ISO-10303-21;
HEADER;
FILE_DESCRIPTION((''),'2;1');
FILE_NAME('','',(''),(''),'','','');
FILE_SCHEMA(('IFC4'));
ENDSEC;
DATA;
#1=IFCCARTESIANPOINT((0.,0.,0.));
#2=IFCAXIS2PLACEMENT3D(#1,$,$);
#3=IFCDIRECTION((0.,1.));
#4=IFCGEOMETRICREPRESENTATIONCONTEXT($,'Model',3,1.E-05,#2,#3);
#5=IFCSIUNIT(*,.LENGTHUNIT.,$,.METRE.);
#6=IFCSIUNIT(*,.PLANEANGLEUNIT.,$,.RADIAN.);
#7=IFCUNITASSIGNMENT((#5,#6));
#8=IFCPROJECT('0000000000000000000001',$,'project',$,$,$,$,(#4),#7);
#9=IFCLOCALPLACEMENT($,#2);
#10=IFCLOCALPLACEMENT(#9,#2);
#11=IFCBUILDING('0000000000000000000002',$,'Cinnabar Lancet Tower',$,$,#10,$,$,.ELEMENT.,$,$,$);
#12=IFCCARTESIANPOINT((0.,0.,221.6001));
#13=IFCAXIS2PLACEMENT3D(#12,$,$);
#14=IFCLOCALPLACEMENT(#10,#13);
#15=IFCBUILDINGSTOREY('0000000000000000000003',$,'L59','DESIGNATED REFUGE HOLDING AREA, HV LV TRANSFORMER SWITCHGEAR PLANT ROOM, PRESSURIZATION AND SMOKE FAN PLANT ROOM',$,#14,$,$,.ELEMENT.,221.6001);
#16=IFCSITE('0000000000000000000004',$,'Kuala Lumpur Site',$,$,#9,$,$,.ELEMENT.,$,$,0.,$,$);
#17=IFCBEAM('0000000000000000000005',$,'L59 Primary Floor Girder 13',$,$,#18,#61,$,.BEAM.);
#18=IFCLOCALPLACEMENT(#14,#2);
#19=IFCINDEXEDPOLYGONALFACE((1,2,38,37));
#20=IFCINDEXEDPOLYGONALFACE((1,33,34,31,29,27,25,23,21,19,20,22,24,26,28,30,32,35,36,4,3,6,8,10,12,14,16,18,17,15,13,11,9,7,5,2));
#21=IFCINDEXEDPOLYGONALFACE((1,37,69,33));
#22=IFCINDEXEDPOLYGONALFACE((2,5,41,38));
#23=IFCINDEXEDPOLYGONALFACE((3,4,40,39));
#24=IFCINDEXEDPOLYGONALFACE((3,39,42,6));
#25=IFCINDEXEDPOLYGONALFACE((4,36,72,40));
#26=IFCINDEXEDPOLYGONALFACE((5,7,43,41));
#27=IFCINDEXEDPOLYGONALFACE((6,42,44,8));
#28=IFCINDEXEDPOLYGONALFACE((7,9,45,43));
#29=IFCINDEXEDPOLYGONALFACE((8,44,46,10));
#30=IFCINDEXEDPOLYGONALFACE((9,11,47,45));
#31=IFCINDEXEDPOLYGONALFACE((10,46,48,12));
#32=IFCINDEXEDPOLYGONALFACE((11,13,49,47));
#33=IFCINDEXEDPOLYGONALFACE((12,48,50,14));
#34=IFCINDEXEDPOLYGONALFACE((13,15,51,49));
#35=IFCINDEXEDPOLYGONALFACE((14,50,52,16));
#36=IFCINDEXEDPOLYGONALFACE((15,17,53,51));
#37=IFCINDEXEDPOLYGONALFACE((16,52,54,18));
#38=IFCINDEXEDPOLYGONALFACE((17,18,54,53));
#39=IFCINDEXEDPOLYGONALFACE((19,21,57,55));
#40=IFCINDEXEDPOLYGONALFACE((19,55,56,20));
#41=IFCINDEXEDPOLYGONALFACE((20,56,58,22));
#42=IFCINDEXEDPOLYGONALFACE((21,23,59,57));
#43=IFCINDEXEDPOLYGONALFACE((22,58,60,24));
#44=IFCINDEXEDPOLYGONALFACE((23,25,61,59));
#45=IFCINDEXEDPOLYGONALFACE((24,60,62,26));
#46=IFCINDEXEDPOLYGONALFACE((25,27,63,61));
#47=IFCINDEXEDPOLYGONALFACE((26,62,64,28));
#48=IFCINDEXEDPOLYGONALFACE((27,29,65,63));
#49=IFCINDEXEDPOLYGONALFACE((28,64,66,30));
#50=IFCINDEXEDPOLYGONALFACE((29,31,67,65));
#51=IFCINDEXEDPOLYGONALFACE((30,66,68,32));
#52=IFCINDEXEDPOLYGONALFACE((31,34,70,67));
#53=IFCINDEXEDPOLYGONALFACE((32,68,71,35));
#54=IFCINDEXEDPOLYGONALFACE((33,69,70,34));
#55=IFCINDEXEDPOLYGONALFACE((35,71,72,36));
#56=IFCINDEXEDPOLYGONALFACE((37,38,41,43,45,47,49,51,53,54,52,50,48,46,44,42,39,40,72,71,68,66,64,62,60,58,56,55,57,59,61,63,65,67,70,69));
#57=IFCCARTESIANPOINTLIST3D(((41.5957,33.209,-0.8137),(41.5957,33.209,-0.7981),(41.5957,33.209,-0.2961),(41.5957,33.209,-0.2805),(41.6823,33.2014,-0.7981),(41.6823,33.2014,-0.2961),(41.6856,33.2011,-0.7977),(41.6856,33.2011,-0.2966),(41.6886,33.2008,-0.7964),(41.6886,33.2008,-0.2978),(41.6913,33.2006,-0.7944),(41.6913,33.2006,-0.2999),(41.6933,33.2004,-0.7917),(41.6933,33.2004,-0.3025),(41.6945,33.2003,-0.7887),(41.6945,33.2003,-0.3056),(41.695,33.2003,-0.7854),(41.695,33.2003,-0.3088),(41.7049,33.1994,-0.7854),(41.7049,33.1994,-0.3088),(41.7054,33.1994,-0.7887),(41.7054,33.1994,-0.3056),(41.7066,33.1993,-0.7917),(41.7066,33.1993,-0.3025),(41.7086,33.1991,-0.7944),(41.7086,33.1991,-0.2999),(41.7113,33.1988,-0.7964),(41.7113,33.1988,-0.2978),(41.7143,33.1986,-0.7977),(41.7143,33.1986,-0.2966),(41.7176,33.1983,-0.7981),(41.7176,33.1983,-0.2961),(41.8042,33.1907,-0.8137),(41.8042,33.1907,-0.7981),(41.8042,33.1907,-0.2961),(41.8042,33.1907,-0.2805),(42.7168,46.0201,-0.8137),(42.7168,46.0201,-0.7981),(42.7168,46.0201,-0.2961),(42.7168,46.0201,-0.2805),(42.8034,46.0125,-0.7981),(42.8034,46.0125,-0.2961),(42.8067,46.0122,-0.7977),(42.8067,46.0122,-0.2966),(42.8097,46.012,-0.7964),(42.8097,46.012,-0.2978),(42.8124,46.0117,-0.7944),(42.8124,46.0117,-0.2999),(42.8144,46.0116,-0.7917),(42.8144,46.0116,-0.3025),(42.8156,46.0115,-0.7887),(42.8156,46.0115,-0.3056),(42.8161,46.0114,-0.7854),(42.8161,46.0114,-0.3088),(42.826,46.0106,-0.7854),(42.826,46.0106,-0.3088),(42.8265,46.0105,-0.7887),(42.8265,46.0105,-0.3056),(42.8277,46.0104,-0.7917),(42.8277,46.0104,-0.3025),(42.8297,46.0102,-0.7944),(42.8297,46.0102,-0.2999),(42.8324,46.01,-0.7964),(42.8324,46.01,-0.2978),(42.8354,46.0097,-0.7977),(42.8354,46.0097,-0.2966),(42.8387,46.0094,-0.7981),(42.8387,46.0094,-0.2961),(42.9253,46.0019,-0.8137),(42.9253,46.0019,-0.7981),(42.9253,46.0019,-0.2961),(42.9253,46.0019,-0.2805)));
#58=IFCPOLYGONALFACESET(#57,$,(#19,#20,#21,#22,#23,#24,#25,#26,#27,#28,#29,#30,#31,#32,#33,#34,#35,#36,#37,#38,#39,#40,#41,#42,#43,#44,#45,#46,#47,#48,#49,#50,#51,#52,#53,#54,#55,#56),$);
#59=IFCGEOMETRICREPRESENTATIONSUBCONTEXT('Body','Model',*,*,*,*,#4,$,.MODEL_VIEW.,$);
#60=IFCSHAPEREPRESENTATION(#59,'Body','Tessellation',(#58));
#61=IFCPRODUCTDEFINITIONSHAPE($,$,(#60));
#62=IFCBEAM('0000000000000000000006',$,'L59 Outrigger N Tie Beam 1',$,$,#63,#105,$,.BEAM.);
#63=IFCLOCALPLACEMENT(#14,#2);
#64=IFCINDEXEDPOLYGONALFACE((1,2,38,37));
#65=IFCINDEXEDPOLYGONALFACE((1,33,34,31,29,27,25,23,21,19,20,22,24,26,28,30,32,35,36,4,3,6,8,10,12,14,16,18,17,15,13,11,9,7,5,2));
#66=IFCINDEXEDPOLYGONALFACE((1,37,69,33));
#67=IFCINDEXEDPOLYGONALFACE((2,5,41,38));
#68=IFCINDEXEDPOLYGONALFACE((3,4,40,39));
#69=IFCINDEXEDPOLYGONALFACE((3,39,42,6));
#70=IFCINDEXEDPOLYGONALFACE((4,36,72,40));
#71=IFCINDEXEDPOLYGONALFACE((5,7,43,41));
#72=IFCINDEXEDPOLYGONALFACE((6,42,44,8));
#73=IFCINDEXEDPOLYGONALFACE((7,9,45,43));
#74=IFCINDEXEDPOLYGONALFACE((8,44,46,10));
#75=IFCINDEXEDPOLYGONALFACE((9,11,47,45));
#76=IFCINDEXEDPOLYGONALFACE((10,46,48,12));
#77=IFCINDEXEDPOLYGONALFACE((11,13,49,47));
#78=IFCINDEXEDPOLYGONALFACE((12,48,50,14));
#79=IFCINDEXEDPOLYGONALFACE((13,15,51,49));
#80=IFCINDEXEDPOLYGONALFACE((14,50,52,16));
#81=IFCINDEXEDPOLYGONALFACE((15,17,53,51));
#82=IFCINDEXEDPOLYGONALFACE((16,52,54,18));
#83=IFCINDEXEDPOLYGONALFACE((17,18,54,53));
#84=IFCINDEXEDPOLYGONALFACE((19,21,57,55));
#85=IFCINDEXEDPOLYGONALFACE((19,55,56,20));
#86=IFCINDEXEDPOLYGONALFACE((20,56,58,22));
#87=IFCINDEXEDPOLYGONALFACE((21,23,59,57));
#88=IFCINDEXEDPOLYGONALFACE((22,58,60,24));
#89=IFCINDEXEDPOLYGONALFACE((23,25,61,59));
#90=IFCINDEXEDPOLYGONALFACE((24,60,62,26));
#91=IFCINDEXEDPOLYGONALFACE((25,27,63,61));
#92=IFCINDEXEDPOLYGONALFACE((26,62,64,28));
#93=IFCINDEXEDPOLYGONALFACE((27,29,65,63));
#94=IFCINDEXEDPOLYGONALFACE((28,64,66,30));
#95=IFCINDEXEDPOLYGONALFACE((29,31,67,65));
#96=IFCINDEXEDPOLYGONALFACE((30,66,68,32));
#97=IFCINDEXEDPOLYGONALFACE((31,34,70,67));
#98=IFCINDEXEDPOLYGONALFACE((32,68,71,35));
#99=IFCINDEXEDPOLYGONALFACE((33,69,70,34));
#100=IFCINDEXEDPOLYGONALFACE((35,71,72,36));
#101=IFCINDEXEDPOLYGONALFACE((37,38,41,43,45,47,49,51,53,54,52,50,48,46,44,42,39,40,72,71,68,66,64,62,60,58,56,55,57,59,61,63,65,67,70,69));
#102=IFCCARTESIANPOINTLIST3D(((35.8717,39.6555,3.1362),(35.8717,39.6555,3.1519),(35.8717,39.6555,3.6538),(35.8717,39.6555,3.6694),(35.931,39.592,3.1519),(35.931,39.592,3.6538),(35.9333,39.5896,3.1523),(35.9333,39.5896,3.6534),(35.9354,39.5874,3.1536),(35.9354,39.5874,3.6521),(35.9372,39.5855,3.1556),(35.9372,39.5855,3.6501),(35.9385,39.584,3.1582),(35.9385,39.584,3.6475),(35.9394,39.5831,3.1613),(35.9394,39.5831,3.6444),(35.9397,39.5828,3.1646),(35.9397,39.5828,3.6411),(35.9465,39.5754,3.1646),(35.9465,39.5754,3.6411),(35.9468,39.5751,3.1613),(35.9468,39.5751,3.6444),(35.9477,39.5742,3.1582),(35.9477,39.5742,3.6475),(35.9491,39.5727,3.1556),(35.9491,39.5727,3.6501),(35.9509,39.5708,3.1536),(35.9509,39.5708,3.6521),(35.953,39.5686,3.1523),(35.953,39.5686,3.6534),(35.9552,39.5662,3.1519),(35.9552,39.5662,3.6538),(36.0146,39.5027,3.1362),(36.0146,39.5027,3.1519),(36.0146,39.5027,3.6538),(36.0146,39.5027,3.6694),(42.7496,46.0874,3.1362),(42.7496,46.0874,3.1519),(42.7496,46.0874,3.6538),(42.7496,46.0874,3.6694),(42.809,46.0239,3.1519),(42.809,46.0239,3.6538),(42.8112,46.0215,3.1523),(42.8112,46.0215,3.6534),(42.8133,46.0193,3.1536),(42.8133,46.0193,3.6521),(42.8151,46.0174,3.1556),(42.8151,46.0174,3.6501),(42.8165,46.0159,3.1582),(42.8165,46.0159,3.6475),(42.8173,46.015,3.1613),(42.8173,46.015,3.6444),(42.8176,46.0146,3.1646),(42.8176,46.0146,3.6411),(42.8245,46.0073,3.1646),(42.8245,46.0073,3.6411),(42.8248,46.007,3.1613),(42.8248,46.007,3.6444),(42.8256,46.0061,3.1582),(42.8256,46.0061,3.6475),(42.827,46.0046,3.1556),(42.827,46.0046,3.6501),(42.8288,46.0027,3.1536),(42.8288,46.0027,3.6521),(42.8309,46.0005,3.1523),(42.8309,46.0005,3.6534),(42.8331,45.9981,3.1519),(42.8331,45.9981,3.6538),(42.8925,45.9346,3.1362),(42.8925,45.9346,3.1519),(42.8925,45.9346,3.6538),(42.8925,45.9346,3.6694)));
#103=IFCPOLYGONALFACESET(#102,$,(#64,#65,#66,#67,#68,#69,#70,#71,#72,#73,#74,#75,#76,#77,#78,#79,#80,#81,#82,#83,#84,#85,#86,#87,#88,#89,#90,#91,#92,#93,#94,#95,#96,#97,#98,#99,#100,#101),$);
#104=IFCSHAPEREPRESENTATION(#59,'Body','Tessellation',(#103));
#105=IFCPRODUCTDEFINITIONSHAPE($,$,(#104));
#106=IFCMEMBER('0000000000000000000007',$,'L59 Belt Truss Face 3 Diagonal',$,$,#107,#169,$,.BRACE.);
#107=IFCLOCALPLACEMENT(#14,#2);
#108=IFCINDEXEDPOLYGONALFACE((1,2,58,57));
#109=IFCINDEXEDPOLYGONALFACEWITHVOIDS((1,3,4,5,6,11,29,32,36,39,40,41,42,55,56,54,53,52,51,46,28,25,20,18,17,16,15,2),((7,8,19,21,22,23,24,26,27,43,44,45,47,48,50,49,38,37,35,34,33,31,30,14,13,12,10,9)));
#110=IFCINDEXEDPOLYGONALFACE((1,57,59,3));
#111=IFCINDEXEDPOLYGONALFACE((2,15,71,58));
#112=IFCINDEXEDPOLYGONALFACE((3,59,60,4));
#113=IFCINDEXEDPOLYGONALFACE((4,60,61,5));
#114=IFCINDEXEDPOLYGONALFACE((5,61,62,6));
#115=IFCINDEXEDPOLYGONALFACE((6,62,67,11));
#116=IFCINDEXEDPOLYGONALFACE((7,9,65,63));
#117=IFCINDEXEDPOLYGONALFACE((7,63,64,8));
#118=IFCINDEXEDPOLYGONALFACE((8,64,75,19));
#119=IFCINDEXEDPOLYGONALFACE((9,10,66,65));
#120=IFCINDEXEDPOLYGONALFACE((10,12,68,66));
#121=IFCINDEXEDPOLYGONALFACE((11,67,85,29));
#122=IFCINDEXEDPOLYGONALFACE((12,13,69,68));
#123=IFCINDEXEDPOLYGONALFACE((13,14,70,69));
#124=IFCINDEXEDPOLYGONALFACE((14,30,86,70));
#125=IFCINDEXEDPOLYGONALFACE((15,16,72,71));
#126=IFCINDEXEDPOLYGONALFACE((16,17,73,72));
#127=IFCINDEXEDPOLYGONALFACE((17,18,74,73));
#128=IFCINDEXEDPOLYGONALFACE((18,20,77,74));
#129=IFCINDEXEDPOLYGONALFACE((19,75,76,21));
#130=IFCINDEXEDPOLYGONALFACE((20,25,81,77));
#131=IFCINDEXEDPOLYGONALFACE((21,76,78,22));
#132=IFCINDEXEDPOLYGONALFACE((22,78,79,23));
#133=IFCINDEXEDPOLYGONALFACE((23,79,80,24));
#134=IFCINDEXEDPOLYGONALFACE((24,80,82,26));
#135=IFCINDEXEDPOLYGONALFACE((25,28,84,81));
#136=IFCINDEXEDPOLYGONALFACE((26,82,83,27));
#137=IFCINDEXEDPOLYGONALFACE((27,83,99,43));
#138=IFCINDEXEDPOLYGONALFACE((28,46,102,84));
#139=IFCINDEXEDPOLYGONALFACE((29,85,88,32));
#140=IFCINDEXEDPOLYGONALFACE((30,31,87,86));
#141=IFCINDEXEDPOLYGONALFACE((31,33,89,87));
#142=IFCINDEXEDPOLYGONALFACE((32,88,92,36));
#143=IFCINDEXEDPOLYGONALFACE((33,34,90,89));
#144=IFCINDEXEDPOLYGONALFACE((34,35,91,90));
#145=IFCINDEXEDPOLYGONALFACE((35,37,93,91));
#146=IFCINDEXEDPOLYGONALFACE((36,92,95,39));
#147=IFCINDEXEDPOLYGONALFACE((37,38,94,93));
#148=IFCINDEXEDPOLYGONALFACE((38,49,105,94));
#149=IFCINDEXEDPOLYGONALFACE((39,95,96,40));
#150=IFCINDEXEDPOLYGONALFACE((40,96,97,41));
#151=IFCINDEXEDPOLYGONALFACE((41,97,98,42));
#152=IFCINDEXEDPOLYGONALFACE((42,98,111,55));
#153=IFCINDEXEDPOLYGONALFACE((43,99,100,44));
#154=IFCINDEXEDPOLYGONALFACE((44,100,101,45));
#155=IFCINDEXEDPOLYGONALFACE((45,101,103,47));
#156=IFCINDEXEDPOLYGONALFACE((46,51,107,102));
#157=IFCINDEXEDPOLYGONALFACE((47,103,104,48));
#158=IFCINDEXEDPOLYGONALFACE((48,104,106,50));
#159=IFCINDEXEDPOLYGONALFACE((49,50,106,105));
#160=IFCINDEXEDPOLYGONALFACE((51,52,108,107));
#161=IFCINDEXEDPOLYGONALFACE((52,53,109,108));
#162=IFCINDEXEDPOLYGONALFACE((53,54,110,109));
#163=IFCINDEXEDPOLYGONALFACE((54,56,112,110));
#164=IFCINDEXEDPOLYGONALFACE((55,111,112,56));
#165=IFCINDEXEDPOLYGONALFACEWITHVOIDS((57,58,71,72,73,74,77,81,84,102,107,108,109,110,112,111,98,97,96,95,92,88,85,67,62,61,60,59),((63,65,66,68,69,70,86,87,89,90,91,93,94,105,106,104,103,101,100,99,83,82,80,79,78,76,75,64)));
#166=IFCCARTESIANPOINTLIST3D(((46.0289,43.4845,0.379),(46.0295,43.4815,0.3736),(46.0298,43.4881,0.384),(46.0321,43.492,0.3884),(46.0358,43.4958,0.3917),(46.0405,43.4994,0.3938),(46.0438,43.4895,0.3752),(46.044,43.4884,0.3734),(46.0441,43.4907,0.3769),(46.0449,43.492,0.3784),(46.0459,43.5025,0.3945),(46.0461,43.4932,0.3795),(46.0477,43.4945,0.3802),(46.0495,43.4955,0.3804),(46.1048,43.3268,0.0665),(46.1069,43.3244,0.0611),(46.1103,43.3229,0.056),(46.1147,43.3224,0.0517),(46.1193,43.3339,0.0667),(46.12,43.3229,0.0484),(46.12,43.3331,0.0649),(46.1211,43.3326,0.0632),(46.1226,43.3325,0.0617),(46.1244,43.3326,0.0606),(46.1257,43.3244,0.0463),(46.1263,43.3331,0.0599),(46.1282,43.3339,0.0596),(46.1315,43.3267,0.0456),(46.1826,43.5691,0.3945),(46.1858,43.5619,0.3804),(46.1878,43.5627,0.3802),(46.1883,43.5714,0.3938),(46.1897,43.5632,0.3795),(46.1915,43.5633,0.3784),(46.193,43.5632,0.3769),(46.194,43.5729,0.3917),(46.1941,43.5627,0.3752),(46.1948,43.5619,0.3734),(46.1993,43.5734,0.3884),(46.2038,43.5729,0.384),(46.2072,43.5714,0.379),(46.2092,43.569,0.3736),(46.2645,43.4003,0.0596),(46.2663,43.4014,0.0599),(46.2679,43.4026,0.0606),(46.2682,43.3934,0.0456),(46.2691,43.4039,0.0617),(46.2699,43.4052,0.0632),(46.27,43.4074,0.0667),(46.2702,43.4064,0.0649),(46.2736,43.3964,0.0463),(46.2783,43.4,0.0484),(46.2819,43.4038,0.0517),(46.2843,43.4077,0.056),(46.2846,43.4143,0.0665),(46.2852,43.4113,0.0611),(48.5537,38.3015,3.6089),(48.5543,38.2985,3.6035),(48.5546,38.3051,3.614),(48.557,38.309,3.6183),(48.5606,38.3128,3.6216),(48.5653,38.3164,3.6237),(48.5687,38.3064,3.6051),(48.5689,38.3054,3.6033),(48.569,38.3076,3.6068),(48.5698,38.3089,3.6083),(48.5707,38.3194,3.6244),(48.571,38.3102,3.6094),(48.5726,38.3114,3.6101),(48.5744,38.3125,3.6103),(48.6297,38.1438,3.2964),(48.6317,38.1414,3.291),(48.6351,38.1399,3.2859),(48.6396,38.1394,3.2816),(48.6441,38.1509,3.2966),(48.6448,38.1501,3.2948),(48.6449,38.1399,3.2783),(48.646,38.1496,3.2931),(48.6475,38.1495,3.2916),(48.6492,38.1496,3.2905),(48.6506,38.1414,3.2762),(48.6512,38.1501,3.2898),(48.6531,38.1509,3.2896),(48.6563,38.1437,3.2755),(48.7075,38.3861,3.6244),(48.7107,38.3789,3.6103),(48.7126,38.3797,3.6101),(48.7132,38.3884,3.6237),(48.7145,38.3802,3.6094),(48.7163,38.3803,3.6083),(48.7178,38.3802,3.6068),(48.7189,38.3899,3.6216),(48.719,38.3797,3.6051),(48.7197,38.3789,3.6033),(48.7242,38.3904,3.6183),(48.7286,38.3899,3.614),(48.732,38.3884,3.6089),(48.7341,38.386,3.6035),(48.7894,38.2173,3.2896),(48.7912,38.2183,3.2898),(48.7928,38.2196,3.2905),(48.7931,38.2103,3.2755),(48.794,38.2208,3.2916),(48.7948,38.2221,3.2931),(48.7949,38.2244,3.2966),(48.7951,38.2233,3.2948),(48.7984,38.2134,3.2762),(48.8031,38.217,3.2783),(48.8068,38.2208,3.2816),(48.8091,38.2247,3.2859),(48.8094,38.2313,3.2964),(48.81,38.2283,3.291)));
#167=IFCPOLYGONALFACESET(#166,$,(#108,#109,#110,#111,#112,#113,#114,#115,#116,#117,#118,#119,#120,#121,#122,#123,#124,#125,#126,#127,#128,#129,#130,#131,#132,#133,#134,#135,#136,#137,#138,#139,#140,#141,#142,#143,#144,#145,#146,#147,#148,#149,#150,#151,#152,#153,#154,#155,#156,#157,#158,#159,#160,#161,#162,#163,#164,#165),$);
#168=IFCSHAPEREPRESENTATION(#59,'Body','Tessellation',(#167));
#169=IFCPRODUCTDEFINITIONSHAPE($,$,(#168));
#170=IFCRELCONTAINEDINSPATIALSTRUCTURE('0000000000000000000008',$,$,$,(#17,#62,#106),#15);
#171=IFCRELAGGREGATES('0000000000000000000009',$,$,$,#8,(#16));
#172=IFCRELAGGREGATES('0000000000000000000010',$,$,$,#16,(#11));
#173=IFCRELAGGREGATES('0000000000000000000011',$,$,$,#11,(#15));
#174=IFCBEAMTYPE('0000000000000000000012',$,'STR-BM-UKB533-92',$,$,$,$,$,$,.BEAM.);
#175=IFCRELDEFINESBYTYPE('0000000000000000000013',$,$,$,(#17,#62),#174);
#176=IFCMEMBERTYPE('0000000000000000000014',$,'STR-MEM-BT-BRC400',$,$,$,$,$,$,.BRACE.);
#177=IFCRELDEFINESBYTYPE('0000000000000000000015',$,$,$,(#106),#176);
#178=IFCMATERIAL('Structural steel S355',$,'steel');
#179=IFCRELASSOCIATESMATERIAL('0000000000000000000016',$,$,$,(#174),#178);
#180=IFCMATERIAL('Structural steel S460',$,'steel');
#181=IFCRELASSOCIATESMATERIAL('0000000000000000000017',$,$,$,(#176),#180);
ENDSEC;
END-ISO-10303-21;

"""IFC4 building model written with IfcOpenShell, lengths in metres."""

from ifc_helpers import new_model, si_unit, direction, frame, origin, origin_2d, place, context, subcontext, project, spatial, hollow_rectangle, i_section, extrude, material, material_profile, profile_set, type_object, element, save


model = new_model("IFC4")

# Units and contexts
model_context = context("Model", 3, precision=1e-05, world=origin(), true_north=direction((0.0, 1.0)))
body_context = subcontext(model_context, "Body", "Model", "MODEL_VIEW")
ifc_project = project(units=[si_unit("LENGTHUNIT", "METRE"), si_unit("PLANEANGLEUNIT", "RADIAN")], contexts=[model_context])

# Site, building, storey
site_placement = place(None, origin())
site = spatial("IfcSite", under=ifc_project, at=site_placement, Name="Kuala Lumpur Site", CompositionType="ELEMENT", RefElevation=0.0)
building_placement = place(site_placement, origin())
building = spatial("IfcBuilding", under=site, at=building_placement, Name="Cinnabar Lancet Tower", CompositionType="ELEMENT")
storey_placement = place(building_placement, frame((0.0, 0.0, 221.6001)))
storey = spatial("IfcBuildingStorey", under=building, at=storey_placement, Name="L59", Description="DESIGNATED REFUGE HOLDING AREA, HV LV TRANSFORMER SWITCHGEAR PLANT ROOM, PRESSURIZATION AND SMOKE FAN PLANT ROOM", CompositionType="ELEMENT", Elevation=221.6001)

# Beams
ifc_material_1 = material(Name="Structural steel S355", Category="steel")
ifc_material_profile_1 = material_profile(ifc_material_1, i_section(OverallWidth=0.2092, OverallDepth=0.5332, WebThickness=0.01, FlangeThickness=0.0156, FilletRadius=0.0127, at=origin_2d()), Name="UKB 533x210x92")
ifc_profile_set_1 = profile_set([ifc_material_profile_1], Name="Structural steel S355")
beam_type_1 = type_object("IfcBeamType", Name="STR-BM-UKB533-92", PredefinedType="BEAM", material=ifc_profile_set_1)
beam_1_placement = place(storey_placement, frame((42.821, 46.011, -0.5471), z_axis=(-0.087177, -0.996193, 0.0), x_axis=(0.996193, -0.087177, 0.0)))
element("IfcBeam", 1, at=beam_1_placement, inside=storey, type_object=beam_type_1, Name="L59 Primary Floor Girder 13", PredefinedType="BEAM", context=body_context, shape_type="SweptSolid", body=[
    extrude(i_section(OverallWidth=0.2092, OverallDepth=0.5332, WebThickness=0.01, FlangeThickness=0.0156, FilletRadius=0.0127, at=origin_2d()), origin(), (0.0, 0.0, 1.0), 12.8601),
])
beam_2_placement = place(storey_placement, frame((42.821, 46.011, 3.4028), z_axis=(-0.730394, -0.683026, 0.0), x_axis=(0.683026, -0.730394, 0.0)))
element("IfcBeam", 2, at=beam_2_placement, inside=storey, type_object=beam_type_1, Name="L59 Outrigger N Tie Beam 1", PredefinedType="BEAM", context=body_context, shape_type="SweptSolid", body=[
    extrude(i_section(OverallWidth=0.2092, OverallDepth=0.5332, WebThickness=0.01, FlangeThickness=0.0156, FilletRadius=0.0127, at=origin_2d()), origin(), (0.0, 0.0, 1.0), 9.4167),
])

# Member
ifc_material_2 = material(Name="Structural steel S460", Category="steel")
ifc_material_profile_2 = material_profile(ifc_material_2, hollow_rectangle(XDim=0.2, YDim=0.3999, WallThickness=0.0161, InnerFilletRadius=0.0081, OuterFilletRadius=0.0239, at=origin_2d()), Name="RHS 400x200x16")
ifc_profile_set_2 = profile_set([ifc_material_profile_2], Name="Structural steel S460")
member_type_1 = type_object("IfcMemberType", Name="STR-MEM-BT-BRC400", PredefinedType="BRACE", material=ifc_profile_set_2)
member_placement = place(storey_placement, frame((48.6819, 38.2649, 3.45), z_axis=(-0.382068, 0.784307, -0.48876), x_axis=(-0.899004, -0.437941, 0.0)))
element("IfcMember", 3, at=member_placement, inside=storey, type_object=member_type_1, Name="L59 Belt Truss Face 3 Diagonal", PredefinedType="BRACE", context=body_context, shape_type="SweptSolid", body=[
    extrude(hollow_rectangle(XDim=0.2, YDim=0.3999, WallThickness=0.0161, InnerFilletRadius=0.0081, OuterFilletRadius=0.0239, at=origin_2d()), origin(), (0.0, 0.0, 1.0), 6.6084),
])

save(model, "model.ifc")
